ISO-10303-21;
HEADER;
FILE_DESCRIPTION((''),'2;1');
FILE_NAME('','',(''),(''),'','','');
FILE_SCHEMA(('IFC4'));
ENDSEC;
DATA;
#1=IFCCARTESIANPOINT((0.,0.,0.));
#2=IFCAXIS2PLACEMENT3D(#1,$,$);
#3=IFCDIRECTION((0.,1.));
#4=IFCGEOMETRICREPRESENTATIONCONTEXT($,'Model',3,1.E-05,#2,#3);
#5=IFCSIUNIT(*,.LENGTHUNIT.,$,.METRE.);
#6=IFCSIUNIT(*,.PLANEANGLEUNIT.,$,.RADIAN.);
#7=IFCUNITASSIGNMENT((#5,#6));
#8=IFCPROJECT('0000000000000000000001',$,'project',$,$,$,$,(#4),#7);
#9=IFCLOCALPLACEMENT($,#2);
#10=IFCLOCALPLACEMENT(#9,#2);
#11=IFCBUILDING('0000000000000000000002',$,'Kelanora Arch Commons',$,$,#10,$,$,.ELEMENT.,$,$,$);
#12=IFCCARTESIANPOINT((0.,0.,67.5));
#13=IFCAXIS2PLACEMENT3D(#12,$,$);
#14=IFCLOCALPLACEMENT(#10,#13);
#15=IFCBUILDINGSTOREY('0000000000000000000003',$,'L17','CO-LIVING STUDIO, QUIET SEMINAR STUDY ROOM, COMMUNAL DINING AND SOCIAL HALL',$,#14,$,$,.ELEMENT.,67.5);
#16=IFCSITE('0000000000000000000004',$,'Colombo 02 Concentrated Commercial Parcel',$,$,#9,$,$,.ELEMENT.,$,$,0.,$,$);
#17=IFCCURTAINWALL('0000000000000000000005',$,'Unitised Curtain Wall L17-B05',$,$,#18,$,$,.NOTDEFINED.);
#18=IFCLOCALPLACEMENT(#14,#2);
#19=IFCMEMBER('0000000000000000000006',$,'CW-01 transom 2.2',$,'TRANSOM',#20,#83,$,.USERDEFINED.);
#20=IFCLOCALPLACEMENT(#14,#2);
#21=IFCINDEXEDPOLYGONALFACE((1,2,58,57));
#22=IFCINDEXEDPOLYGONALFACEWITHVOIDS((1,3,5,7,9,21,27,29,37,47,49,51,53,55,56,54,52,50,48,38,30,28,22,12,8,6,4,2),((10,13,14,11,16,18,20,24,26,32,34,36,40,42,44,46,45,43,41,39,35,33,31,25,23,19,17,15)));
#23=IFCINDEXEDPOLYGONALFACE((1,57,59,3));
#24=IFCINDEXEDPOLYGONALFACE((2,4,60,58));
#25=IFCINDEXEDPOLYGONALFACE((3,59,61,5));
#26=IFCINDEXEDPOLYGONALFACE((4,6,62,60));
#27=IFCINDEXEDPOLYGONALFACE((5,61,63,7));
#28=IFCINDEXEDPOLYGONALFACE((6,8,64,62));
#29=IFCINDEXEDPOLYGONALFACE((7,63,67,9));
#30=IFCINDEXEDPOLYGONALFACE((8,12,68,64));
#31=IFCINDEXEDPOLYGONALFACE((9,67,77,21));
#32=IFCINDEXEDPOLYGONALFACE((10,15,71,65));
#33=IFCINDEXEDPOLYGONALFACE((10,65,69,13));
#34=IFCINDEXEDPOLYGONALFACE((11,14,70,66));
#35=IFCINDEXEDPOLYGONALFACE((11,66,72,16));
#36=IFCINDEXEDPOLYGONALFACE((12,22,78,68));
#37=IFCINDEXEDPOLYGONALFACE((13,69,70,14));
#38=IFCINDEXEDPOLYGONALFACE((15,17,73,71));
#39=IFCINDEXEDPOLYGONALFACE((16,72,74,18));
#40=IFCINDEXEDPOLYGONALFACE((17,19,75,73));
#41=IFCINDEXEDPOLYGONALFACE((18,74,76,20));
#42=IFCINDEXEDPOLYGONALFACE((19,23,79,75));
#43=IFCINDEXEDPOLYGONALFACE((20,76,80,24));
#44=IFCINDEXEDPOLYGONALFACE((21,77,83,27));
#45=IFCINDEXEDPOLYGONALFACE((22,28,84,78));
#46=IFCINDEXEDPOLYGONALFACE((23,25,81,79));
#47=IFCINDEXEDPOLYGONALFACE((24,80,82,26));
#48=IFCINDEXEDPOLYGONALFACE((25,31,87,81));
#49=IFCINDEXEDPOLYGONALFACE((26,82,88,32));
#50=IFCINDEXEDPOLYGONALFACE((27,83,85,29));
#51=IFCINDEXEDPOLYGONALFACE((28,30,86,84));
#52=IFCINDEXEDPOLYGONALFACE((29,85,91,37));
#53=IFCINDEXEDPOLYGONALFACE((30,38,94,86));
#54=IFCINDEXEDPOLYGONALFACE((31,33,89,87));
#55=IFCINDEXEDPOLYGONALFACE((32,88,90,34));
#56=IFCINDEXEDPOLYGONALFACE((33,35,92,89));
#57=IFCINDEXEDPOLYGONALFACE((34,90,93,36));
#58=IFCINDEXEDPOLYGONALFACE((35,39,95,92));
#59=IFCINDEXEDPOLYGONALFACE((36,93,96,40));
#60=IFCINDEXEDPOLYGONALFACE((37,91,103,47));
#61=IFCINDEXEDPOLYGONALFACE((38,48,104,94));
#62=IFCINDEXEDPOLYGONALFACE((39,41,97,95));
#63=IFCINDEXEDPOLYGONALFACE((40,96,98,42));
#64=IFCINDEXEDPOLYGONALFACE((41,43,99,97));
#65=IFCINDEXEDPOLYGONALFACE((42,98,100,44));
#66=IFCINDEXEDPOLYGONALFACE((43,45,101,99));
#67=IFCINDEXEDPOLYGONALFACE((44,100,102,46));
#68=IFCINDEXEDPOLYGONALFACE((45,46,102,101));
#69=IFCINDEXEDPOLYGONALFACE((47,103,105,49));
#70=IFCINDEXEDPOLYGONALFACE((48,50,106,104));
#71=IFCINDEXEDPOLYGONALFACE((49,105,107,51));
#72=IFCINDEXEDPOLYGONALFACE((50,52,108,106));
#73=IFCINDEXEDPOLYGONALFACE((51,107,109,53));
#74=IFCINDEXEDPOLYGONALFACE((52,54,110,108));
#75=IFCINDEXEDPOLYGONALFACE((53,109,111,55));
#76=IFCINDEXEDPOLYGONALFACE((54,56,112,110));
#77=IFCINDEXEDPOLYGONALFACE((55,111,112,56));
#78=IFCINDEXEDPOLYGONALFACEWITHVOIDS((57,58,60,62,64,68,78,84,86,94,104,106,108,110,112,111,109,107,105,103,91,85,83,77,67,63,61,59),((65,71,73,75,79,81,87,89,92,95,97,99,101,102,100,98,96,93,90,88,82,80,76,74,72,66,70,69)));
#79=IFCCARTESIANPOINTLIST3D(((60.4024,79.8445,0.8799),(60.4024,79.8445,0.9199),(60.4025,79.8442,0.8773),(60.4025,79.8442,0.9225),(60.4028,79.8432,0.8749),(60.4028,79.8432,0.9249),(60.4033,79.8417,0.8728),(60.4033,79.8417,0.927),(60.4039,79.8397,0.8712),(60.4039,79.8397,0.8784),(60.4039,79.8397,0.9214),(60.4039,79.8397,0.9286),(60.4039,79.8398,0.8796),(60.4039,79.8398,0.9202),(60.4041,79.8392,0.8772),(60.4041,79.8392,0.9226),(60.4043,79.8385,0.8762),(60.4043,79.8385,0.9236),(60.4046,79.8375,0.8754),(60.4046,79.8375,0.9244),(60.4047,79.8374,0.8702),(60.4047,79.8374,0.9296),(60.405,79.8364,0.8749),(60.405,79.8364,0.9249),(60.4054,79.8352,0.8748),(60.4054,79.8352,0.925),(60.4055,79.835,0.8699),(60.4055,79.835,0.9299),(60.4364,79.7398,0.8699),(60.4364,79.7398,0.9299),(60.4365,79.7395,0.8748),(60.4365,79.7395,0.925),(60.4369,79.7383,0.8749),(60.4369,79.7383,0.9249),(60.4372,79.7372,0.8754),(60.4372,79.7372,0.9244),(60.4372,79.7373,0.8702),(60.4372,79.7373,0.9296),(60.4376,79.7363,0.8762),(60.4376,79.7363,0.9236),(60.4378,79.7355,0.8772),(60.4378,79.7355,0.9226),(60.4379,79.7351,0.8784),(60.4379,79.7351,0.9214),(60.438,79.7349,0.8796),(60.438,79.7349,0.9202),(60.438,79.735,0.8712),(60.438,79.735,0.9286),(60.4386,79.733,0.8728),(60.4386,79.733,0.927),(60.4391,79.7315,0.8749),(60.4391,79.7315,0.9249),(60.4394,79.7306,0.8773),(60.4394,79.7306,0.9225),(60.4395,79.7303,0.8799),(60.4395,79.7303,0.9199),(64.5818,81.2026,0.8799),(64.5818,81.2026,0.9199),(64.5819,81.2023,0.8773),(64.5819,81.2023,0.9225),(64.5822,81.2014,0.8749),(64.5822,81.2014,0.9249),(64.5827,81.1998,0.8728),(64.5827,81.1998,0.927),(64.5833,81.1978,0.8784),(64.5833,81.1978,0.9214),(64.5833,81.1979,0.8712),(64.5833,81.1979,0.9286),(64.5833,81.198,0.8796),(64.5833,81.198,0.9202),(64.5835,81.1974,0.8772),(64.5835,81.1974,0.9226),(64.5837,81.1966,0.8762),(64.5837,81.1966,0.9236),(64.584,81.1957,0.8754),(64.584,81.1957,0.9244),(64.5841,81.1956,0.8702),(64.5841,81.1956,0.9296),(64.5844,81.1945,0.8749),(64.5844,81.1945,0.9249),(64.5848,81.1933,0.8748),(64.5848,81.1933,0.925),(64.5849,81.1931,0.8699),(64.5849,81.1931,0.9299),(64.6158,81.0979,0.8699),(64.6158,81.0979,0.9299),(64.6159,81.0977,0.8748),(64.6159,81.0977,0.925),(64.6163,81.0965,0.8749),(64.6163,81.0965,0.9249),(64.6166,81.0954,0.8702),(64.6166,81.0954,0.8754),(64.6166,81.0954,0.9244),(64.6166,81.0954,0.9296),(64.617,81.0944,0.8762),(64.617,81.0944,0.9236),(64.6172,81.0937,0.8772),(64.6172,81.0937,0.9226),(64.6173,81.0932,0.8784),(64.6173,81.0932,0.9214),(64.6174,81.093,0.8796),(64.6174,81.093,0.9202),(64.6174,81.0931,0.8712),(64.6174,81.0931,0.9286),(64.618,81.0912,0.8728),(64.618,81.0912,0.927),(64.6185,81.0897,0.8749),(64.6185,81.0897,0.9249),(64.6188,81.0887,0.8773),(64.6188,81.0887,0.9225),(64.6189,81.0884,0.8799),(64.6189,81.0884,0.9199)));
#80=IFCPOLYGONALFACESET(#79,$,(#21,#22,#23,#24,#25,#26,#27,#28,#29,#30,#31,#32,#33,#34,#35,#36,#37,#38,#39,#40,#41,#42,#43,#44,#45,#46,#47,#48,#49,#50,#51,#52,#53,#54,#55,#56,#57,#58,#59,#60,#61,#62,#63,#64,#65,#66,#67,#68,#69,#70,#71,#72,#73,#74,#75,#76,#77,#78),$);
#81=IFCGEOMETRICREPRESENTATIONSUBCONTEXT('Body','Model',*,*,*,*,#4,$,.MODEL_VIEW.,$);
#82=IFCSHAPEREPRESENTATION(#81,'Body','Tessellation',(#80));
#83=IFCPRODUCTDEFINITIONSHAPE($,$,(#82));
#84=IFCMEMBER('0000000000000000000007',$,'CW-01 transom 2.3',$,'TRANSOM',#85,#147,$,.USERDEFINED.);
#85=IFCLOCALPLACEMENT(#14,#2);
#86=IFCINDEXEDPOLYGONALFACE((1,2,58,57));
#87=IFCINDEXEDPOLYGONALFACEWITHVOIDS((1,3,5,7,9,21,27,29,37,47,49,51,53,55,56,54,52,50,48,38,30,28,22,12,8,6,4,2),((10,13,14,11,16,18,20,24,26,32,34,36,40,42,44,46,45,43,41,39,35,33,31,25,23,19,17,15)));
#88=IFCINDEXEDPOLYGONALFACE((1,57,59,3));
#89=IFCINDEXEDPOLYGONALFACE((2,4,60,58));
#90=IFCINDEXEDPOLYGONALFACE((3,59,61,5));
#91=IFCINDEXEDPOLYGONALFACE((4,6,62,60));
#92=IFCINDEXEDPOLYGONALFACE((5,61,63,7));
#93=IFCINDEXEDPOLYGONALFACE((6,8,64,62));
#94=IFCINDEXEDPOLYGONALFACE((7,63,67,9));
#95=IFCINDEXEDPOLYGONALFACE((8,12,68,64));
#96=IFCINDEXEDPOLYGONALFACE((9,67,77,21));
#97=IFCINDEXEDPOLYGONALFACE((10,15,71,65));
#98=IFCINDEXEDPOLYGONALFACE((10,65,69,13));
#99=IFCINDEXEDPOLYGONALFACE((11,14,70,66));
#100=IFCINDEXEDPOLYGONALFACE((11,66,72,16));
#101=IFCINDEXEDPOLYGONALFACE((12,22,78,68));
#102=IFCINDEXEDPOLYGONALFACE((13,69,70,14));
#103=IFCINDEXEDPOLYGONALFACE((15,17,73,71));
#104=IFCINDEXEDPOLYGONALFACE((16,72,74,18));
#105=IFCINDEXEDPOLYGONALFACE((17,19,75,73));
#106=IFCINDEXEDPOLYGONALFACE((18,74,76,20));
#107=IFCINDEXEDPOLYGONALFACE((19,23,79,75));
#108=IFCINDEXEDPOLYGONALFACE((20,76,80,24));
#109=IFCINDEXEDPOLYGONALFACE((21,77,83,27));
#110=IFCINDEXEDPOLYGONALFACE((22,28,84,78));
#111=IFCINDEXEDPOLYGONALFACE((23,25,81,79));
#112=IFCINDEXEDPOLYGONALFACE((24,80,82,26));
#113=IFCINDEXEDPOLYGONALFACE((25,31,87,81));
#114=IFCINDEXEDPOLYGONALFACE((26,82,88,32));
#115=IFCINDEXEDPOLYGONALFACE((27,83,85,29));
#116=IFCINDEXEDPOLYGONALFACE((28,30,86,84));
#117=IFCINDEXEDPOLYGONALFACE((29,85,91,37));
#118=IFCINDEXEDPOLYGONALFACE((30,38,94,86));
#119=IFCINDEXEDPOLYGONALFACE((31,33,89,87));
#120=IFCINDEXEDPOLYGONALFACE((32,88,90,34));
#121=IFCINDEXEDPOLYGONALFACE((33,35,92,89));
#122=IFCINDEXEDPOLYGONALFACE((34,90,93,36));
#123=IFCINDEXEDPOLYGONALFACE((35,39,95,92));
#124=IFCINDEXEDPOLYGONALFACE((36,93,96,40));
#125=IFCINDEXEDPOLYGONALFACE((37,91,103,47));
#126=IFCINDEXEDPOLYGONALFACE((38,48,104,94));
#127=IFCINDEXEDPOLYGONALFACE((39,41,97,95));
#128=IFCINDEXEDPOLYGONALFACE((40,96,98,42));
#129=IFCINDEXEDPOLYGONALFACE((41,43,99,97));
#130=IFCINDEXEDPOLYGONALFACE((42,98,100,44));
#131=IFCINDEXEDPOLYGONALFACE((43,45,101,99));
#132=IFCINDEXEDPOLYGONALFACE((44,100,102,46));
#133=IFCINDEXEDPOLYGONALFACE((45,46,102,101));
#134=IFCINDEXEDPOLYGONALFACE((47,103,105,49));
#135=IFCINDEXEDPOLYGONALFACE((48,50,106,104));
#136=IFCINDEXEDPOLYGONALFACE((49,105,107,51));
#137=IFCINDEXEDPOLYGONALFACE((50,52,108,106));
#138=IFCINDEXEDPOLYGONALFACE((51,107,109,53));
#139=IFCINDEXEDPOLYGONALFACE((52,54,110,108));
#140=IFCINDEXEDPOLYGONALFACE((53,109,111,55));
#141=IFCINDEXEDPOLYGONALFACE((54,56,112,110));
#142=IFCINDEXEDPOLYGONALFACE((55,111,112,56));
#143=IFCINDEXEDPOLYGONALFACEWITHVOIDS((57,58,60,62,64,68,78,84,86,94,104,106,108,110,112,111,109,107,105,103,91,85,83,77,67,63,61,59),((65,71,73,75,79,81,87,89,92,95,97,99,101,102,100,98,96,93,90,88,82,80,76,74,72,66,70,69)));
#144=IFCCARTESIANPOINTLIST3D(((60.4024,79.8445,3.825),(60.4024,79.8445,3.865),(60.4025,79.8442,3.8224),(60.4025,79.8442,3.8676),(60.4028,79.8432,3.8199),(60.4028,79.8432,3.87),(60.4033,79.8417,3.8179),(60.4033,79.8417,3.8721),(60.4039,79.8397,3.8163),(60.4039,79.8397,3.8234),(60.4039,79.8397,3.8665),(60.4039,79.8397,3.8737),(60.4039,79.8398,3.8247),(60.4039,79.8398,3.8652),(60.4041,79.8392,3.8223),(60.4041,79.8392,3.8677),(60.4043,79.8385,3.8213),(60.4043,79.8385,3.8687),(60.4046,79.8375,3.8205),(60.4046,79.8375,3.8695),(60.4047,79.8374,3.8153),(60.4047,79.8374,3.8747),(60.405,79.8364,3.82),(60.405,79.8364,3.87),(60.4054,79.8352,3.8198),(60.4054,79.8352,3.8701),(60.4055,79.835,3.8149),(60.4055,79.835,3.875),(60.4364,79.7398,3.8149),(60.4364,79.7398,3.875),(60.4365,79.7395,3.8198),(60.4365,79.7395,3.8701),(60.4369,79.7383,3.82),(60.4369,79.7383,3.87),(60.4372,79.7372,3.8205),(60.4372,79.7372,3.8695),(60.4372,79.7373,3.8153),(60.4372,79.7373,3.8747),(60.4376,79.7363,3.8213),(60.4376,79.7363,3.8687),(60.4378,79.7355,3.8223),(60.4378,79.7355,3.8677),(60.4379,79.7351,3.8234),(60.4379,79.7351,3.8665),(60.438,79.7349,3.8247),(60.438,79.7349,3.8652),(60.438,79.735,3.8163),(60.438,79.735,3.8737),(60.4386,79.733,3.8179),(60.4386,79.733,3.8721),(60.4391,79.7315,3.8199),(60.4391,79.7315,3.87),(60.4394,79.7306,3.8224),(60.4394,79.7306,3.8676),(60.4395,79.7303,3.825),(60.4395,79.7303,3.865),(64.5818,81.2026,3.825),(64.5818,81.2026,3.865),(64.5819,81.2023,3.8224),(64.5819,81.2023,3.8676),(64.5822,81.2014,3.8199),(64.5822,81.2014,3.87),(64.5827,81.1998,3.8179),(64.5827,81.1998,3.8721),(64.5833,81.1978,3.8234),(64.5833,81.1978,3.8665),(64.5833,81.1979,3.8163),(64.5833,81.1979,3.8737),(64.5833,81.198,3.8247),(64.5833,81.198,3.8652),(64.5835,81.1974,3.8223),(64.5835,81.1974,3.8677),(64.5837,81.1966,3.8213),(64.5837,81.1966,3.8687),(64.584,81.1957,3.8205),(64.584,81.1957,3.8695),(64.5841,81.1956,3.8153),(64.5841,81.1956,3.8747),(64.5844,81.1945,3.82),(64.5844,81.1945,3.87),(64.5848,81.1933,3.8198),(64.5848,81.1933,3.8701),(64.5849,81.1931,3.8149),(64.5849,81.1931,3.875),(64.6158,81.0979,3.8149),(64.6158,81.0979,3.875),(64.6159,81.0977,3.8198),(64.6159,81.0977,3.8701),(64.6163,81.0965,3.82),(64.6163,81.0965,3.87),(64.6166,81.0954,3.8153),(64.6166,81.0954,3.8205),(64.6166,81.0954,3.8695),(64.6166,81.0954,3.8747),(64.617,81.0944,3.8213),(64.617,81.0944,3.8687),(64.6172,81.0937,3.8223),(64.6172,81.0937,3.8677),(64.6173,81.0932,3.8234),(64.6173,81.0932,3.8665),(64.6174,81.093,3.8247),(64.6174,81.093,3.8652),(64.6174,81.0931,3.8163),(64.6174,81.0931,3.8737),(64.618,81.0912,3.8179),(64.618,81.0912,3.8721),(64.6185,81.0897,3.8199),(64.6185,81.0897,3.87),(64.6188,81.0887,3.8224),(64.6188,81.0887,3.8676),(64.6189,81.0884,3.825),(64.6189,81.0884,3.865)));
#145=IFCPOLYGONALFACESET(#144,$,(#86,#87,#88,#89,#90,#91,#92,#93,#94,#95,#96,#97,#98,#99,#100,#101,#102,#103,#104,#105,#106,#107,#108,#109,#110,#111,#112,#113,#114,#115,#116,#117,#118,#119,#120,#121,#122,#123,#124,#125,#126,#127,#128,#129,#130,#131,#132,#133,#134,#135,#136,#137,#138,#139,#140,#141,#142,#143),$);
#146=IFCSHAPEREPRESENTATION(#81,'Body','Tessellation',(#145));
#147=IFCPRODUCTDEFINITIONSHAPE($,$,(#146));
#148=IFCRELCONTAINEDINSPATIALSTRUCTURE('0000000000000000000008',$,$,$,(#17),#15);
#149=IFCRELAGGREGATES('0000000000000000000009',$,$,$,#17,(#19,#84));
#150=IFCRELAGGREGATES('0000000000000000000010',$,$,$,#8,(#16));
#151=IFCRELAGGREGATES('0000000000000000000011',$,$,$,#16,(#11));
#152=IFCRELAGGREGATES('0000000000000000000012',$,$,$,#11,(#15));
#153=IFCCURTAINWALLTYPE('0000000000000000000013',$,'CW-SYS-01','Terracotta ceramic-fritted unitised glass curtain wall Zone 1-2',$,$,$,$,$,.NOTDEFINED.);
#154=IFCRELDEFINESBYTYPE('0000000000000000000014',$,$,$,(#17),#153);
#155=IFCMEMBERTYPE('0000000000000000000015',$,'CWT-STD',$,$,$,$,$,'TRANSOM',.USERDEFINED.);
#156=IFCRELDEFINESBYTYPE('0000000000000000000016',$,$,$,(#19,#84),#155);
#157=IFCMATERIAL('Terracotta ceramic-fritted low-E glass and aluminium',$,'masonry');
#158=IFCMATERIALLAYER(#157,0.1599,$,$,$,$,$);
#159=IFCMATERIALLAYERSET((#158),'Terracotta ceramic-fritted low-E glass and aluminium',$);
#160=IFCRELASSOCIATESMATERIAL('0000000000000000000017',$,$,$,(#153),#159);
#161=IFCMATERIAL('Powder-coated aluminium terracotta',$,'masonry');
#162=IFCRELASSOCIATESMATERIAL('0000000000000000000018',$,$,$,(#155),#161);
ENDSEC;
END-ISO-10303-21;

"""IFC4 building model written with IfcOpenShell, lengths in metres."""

from ifc_helpers import new_model, si_unit, direction, frame, origin, origin_2d, place, context, subcontext, project, spatial, hollow_rectangle, extrude, material, layer, layer_set, material_profile, profile_set, type_object, element, aggregate, save


model = new_model("IFC4")

# Units and contexts
model_context = context("Model", 3, precision=1e-05, world=origin(), true_north=direction((0.0, 1.0)))
body_context = subcontext(model_context, "Body", "Model", "MODEL_VIEW")
ifc_project = project(units=[si_unit("LENGTHUNIT", "METRE"), si_unit("PLANEANGLEUNIT", "RADIAN")], contexts=[model_context])

# Site, building, storey
site_placement = place(None, origin())
site = spatial("IfcSite", under=ifc_project, at=site_placement, Name="Colombo 02 Concentrated Commercial Parcel", CompositionType="ELEMENT", RefElevation=0.0)
building_placement = place(site_placement, origin())
building = spatial("IfcBuilding", under=site, at=building_placement, Name="Kelanora Arch Commons", CompositionType="ELEMENT")
storey_placement = place(building_placement, frame((0.0, 0.0, 67.5)))
storey = spatial("IfcBuildingStorey", under=building, at=storey_placement, Name="L17", Description="CO-LIVING STUDIO, QUIET SEMINAR STUDY ROOM, COMMUNAL DINING AND SOCIAL HALL", CompositionType="ELEMENT", Elevation=67.5)

# Curtain wall, members
ifc_material_1 = material(Name="Terracotta ceramic-fritted low-E glass and aluminium", Category="masonry")
ifc_layer_1 = layer(ifc_material_1, 0.1599)
ifc_layer_set_1 = layer_set([ifc_layer_1], Name="Terracotta ceramic-fritted low-E glass and aluminium")
curtain_wall_type = type_object("IfcCurtainWallType", Name="CW-SYS-01", Description="Terracotta ceramic-fritted unitised glass curtain wall Zone 1-2", PredefinedType="NOTDEFINED", material=ifc_layer_set_1)
curtain_wall_placement = place(storey_placement, origin())
curtain_wall = element("IfcCurtainWall", 1, at=curtain_wall_placement, inside=storey, type_object=curtain_wall_type, Name="Unitised Curtain Wall L17-B05", PredefinedType="NOTDEFINED")
ifc_material_2 = material(Name="Powder-coated aluminium terracotta", Category="masonry")
ifc_material_profile_1 = material_profile(ifc_material_2, hollow_rectangle(XDim=0.1201, YDim=0.0601, WallThickness=0.0049, InnerFilletRadius=0.0049, OuterFilletRadius=0.01, at=origin_2d()), Name="CWT120x60")
ifc_profile_set_1 = profile_set([ifc_material_profile_1], Name="Powder-coated aluminium terracotta")
member_type_1 = type_object("IfcMemberType", Name="CWT-STD", ElementType="TRANSOM", PredefinedType="USERDEFINED", material=ifc_profile_set_1)
member_1_placement = place(storey_placement, frame((64.6003, 81.1455, 0.8999), z_axis=(-0.951045, -0.309052, 0.0), x_axis=(0.309052, -0.951045, 0.0)))
member_1 = element("IfcMember", 2, at=member_1_placement, type_object=member_type_1, Name="CW-01 transom 2.2", ObjectType="TRANSOM", PredefinedType="USERDEFINED", context=body_context, shape_type="SweptSolid", body=[
    extrude(hollow_rectangle(XDim=0.1201, YDim=0.0601, WallThickness=0.0049, InnerFilletRadius=0.0049, OuterFilletRadius=0.01, at=origin_2d()), origin(), (0.0, 0.0, 1.0), 4.3945),
])
member_2_placement = place(storey_placement, frame((64.6003, 81.1455, 3.845), z_axis=(-0.951045, -0.309052, 0.0), x_axis=(0.309052, -0.951045, 0.0)))
member_2 = element("IfcMember", 3, at=member_2_placement, type_object=member_type_1, Name="CW-01 transom 2.3", ObjectType="TRANSOM", PredefinedType="USERDEFINED", context=body_context, shape_type="SweptSolid", body=[
    extrude(hollow_rectangle(XDim=0.1201, YDim=0.0601, WallThickness=0.0049, InnerFilletRadius=0.0049, OuterFilletRadius=0.01, at=origin_2d()), origin(), (0.0, 0.0, 1.0), 4.3945),
])
aggregate(curtain_wall, [member_1, member_2])

save(model, "model.ifc")
